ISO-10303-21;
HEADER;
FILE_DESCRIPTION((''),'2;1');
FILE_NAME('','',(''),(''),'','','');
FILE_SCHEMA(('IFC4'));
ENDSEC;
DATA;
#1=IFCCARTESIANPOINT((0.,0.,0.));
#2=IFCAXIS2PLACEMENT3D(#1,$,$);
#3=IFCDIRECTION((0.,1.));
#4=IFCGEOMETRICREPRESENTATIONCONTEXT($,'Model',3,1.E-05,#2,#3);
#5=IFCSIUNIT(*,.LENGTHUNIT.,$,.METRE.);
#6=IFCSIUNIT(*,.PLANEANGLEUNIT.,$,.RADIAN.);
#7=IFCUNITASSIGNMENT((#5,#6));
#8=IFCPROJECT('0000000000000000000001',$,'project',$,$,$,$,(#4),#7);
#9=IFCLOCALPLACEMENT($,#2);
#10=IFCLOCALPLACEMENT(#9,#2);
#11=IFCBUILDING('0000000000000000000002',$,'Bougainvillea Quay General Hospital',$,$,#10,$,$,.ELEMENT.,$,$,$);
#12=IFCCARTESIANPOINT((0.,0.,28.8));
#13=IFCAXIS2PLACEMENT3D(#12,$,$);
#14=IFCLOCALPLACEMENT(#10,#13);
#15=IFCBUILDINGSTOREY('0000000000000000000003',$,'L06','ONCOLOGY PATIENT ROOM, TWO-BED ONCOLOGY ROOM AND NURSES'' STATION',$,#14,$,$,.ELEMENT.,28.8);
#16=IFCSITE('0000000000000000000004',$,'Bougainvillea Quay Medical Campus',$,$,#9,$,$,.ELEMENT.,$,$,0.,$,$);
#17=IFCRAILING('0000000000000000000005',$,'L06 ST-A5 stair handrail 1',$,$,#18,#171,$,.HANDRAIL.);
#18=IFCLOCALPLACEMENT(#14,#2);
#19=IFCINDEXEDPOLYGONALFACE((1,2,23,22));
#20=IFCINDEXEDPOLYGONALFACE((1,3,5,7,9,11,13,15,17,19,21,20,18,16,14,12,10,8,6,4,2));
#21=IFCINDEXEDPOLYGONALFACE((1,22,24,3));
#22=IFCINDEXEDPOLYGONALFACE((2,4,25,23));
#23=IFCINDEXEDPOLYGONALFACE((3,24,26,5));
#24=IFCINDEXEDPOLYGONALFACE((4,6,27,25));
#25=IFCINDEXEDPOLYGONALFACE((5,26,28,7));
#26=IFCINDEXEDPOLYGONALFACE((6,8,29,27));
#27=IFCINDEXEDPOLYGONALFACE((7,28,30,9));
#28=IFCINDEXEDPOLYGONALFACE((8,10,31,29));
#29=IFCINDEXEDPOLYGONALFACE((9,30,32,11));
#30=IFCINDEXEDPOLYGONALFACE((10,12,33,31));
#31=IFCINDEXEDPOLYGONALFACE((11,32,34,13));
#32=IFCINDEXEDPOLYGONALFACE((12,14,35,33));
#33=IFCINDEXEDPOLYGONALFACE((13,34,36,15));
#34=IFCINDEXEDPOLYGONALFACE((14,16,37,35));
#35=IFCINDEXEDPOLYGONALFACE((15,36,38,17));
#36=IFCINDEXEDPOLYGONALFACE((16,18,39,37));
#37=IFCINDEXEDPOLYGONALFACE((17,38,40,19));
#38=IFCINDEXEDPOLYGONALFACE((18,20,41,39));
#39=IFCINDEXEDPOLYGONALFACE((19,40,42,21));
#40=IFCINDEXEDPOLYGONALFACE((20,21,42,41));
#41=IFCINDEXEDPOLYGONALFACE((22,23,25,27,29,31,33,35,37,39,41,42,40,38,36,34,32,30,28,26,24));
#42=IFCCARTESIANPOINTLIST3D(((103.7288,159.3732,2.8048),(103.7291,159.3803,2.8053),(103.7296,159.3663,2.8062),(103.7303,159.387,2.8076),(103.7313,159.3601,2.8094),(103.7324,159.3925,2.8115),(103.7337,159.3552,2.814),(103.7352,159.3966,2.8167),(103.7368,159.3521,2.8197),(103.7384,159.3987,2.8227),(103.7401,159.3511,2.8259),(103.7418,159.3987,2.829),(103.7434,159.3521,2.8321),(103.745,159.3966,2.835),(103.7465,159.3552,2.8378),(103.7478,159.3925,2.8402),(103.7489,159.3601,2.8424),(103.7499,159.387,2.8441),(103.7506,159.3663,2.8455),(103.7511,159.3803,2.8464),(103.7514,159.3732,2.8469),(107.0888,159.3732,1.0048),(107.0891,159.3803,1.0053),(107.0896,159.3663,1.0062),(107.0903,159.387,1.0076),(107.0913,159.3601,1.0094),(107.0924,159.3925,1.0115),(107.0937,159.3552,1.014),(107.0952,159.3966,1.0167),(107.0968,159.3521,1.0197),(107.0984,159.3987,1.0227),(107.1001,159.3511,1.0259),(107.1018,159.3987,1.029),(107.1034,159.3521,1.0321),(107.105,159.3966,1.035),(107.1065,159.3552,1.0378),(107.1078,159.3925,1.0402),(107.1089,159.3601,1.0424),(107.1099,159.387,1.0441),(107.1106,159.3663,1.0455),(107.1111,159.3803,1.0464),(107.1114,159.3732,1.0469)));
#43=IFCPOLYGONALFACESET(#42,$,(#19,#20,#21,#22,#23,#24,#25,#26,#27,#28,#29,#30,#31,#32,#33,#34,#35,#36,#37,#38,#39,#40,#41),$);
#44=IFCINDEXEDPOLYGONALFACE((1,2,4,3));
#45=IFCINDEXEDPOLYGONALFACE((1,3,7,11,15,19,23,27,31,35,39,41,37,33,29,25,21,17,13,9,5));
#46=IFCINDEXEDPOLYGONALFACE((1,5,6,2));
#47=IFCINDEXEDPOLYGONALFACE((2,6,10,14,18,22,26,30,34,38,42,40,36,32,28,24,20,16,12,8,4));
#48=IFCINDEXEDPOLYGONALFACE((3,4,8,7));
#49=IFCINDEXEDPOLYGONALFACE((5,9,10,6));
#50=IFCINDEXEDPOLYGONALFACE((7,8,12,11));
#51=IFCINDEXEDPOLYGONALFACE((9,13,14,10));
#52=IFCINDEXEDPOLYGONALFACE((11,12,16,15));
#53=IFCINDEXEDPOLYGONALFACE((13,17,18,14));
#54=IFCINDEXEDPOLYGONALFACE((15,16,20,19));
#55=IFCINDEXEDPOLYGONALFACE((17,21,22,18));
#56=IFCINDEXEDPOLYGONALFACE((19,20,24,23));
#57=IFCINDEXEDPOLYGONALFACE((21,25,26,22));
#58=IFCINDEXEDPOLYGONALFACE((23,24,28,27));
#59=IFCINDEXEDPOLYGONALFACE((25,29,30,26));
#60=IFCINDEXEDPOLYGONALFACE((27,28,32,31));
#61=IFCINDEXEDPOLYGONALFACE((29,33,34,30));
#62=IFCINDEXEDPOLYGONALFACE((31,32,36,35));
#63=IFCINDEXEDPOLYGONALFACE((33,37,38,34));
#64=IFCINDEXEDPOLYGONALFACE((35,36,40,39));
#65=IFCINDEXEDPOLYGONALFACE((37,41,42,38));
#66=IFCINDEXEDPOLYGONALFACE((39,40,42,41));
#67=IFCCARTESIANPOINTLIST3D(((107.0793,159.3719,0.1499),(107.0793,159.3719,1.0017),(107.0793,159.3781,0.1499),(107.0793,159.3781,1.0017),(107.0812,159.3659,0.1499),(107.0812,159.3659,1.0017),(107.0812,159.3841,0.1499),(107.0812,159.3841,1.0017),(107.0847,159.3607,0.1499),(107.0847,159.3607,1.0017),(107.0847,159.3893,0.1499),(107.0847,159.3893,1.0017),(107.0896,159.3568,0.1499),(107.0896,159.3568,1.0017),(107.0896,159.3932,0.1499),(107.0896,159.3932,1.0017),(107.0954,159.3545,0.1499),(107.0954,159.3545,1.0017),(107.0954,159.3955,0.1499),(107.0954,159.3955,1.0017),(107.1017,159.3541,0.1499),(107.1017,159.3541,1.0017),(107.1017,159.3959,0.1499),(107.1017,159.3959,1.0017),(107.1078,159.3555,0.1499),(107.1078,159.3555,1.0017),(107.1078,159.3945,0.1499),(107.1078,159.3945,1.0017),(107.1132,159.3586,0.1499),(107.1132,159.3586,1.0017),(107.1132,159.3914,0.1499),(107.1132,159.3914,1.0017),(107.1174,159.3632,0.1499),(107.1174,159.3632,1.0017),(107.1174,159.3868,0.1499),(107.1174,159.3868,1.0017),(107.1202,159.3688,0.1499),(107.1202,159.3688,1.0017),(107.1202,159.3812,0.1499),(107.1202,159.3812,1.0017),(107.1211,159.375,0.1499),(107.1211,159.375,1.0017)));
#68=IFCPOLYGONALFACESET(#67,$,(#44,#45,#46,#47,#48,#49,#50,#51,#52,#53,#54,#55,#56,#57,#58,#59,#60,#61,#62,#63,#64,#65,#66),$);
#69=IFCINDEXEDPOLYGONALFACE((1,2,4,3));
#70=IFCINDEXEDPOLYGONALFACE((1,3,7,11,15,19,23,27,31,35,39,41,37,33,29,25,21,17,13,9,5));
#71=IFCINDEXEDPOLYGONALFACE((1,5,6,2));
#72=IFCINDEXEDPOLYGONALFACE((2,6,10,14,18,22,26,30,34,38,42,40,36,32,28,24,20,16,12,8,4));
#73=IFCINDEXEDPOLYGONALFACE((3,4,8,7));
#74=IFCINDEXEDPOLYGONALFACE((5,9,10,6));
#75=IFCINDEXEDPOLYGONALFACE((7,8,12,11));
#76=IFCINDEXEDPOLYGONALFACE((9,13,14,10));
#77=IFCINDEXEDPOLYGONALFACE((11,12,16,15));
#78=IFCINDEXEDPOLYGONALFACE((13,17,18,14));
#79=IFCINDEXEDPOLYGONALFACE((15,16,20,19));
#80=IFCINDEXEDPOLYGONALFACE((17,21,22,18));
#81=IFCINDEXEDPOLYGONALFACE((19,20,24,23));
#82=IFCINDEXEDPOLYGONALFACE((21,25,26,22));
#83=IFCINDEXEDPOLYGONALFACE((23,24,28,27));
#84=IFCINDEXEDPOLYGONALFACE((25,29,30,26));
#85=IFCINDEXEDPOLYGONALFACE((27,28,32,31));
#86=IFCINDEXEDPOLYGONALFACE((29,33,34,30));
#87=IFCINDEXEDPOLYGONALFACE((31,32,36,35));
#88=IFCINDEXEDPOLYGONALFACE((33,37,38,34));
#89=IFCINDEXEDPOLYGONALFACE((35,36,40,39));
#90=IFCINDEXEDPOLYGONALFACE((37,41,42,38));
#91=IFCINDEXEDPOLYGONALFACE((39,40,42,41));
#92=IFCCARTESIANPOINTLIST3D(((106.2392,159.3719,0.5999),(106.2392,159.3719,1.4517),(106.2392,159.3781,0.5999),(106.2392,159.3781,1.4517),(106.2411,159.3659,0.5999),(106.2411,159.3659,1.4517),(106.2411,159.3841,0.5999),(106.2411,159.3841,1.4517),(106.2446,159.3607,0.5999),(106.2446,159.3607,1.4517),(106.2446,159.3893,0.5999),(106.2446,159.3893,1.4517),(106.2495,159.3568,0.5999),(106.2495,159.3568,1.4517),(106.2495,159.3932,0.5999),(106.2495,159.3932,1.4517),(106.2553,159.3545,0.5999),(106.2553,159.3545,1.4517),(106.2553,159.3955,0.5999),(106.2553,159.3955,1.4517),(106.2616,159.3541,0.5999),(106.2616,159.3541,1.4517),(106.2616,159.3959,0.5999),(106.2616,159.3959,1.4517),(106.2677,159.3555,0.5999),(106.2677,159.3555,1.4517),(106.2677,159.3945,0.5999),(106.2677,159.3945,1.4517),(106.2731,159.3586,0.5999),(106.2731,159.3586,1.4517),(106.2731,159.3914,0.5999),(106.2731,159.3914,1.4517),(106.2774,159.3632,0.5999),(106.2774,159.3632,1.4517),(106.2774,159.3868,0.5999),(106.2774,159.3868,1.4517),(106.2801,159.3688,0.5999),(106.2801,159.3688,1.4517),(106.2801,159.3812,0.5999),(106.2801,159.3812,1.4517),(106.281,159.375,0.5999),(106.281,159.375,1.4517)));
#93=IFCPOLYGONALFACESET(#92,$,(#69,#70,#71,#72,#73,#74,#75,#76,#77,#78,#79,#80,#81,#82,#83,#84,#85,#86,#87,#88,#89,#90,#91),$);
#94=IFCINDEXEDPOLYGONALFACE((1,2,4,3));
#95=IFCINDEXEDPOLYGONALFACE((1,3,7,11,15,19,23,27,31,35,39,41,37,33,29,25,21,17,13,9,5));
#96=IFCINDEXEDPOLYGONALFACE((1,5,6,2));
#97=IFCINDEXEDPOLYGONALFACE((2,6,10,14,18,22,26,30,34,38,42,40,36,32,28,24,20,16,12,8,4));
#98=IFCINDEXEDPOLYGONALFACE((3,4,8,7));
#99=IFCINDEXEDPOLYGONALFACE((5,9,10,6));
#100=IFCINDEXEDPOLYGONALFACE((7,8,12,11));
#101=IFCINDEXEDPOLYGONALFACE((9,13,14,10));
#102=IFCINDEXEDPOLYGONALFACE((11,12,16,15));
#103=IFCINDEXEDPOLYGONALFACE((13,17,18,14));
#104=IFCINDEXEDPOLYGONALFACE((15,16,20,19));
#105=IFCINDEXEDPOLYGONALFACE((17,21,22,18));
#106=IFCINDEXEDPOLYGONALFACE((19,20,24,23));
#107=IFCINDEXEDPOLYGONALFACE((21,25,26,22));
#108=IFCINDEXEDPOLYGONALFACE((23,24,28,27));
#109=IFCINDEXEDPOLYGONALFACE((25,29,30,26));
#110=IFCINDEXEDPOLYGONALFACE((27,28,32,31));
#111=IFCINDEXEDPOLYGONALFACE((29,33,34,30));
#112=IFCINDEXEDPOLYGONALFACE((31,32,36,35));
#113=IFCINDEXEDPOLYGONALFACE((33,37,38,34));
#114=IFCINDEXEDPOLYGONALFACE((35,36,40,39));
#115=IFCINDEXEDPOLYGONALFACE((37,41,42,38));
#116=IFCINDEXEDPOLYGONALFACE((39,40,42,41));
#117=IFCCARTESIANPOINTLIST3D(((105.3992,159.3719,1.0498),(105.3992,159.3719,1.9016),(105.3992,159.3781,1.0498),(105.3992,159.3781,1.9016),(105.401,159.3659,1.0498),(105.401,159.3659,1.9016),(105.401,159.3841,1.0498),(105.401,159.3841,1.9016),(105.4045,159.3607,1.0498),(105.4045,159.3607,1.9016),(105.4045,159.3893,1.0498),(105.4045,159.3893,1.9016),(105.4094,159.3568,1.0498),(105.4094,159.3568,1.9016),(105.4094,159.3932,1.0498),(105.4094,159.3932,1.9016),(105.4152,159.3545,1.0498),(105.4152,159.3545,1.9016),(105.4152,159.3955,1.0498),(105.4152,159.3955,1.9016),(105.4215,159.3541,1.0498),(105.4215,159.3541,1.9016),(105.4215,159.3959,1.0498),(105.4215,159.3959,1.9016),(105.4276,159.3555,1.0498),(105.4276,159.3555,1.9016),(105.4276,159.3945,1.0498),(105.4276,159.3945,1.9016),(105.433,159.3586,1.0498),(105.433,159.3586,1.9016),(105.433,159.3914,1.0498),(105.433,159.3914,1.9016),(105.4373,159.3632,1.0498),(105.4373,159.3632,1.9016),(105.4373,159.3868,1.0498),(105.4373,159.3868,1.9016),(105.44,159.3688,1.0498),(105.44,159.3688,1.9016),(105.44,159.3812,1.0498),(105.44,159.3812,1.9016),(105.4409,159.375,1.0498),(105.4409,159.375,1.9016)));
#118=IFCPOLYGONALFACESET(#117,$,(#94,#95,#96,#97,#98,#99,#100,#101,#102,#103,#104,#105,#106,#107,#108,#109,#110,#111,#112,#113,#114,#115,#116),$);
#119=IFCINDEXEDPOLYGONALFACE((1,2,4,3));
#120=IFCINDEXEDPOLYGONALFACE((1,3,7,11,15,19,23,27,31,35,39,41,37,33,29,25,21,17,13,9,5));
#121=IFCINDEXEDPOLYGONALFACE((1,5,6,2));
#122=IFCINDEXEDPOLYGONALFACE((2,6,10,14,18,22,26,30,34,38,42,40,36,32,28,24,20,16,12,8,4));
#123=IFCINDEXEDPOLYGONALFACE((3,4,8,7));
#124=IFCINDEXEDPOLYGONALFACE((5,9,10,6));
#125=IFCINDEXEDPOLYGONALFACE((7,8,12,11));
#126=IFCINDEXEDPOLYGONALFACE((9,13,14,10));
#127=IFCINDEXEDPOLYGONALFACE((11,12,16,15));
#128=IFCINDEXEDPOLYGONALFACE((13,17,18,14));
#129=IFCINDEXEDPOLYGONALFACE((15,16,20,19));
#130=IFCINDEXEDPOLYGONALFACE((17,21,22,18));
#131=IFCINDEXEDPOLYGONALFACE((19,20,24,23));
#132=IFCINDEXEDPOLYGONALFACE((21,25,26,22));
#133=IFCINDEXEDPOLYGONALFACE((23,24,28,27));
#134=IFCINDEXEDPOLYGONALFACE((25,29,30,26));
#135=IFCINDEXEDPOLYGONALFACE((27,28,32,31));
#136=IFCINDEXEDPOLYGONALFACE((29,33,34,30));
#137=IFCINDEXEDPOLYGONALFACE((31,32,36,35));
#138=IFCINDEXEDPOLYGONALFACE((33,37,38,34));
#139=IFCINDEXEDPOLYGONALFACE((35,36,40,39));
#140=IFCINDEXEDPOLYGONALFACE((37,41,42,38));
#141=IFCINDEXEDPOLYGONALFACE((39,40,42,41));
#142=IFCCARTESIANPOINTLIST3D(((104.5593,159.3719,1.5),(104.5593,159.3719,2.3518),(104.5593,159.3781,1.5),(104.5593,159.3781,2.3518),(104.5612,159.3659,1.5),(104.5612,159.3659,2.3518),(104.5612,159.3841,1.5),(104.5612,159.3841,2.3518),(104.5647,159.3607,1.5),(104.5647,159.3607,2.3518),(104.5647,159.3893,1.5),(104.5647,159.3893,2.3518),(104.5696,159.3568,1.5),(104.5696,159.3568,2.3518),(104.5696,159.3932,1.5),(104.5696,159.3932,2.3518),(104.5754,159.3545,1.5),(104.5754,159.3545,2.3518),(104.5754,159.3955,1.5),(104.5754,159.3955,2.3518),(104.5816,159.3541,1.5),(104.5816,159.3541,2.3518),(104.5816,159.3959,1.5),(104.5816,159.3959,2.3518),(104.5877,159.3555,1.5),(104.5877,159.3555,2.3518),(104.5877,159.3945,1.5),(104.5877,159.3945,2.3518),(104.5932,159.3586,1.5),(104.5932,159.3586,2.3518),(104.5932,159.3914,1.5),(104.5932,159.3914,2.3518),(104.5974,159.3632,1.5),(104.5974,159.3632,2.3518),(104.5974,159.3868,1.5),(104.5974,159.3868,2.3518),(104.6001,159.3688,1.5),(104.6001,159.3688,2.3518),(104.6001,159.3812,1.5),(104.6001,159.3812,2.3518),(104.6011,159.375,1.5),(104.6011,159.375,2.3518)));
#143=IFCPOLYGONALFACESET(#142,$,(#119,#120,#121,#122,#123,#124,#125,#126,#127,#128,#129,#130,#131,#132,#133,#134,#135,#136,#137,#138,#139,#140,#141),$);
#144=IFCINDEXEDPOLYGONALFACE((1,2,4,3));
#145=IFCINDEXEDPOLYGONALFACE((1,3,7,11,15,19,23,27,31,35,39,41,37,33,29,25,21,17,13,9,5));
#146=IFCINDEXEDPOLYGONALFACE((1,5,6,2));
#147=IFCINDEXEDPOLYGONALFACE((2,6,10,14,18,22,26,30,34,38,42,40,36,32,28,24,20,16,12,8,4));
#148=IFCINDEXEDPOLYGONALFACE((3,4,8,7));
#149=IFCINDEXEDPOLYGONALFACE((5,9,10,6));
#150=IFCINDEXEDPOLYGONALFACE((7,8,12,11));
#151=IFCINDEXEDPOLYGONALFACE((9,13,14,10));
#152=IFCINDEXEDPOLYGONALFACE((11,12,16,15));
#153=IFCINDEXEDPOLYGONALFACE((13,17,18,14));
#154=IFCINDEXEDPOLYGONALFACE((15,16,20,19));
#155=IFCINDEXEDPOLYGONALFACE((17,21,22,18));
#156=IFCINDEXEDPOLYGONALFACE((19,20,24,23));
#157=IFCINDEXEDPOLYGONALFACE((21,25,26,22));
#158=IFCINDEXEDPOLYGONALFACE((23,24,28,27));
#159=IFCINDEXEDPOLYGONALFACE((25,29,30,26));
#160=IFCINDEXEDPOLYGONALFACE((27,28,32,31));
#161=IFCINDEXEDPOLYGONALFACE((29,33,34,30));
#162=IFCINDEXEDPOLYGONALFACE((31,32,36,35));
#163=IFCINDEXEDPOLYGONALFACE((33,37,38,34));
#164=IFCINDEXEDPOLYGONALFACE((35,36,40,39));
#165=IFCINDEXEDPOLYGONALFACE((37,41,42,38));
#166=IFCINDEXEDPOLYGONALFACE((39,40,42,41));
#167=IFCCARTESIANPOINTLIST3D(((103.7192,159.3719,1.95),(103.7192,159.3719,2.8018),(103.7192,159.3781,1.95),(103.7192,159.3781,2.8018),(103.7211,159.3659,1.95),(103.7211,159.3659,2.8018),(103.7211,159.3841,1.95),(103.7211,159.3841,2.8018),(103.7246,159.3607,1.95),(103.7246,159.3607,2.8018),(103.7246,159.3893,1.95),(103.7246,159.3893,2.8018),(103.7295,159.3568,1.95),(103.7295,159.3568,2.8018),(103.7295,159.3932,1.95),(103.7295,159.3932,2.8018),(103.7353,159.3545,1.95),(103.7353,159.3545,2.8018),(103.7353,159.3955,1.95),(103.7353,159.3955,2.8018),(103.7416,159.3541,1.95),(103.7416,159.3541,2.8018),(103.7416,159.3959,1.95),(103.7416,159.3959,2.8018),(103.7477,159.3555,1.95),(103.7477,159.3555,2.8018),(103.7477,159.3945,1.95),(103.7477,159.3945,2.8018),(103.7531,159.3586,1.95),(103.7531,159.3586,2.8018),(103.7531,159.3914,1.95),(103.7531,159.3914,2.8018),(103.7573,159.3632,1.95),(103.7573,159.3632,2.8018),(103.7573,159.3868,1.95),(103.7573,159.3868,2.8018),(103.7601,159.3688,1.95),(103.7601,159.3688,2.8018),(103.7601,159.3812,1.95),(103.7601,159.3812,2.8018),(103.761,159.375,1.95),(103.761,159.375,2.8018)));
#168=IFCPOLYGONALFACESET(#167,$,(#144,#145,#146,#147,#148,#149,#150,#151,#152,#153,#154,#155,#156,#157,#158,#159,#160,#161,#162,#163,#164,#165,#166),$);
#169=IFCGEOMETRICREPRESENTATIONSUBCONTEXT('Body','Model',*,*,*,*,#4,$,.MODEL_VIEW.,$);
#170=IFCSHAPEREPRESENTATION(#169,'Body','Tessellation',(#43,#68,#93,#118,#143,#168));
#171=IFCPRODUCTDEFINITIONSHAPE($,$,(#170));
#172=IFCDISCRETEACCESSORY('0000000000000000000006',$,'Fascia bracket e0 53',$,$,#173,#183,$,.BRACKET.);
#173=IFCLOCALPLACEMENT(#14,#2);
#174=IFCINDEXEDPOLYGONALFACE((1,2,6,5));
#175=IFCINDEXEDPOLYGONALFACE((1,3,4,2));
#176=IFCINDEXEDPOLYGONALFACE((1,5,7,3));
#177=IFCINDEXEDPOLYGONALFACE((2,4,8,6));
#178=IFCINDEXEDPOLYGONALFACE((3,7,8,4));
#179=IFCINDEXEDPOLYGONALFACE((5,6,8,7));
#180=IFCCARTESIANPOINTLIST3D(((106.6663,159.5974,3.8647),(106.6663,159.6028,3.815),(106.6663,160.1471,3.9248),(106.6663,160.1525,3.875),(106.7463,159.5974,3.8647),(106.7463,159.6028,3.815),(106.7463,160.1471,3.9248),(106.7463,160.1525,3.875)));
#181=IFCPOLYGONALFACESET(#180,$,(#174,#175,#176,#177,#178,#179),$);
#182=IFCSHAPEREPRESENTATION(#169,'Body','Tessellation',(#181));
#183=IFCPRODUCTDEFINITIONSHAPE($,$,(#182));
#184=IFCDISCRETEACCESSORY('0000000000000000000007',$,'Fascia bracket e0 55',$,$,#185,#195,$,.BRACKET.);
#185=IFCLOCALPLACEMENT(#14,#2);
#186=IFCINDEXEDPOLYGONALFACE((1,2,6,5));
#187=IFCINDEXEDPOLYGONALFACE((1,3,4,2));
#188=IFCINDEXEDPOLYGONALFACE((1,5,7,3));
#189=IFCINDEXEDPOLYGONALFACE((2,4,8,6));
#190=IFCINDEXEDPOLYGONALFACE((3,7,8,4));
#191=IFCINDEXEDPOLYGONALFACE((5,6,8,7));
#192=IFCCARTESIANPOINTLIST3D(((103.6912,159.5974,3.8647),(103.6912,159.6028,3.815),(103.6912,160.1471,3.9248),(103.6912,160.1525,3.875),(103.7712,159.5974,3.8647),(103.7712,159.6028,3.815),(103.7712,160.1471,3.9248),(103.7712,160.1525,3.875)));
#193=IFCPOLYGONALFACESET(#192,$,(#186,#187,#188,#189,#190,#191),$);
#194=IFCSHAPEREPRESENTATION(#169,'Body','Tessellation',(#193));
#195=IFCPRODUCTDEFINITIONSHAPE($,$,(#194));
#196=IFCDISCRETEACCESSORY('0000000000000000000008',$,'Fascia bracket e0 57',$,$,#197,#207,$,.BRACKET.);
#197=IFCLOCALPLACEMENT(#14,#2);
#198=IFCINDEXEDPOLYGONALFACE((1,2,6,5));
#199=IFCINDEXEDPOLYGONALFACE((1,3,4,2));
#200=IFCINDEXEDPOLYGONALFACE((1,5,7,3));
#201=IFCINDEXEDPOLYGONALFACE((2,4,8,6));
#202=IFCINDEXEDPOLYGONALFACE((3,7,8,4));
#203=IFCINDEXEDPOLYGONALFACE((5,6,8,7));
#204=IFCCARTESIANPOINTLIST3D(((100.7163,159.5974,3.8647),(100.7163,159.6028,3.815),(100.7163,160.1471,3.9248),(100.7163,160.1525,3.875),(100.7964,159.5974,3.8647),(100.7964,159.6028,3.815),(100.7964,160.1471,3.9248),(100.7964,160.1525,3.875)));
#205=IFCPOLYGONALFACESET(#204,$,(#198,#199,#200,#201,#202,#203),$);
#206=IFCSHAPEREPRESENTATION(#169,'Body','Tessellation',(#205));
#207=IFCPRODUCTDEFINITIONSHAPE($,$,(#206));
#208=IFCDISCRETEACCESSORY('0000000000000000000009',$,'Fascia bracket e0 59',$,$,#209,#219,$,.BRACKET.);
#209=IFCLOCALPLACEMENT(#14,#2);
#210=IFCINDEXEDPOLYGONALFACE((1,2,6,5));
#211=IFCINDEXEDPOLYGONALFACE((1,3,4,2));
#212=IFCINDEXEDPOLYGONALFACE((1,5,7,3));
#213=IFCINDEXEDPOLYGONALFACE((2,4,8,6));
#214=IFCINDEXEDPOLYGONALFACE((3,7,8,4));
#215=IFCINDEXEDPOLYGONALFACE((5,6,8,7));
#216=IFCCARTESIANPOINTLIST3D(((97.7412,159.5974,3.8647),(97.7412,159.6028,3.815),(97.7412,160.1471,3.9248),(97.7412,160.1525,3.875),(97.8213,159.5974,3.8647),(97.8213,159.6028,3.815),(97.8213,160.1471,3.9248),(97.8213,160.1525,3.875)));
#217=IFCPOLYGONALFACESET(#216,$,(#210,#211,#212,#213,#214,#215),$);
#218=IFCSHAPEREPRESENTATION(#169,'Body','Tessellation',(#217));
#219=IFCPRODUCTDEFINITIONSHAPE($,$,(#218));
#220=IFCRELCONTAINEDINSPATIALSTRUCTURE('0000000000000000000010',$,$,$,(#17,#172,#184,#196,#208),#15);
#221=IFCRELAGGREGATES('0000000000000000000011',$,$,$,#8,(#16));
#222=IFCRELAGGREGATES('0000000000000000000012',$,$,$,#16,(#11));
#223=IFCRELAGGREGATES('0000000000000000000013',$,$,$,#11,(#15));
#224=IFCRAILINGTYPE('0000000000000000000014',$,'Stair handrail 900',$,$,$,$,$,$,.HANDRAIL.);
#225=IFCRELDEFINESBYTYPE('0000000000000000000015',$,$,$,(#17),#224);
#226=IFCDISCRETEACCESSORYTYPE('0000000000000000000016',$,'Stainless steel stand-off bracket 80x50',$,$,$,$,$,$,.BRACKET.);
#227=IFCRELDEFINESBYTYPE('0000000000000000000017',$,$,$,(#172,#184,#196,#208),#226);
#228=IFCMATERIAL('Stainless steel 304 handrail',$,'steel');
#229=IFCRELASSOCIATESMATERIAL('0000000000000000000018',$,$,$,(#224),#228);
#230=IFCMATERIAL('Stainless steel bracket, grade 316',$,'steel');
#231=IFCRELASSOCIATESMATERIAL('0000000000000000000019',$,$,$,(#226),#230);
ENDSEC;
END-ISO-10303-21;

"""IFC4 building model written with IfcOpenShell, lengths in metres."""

from ifc_helpers import new_model, si_unit, direction, frame, origin, origin_2d, place, context, subcontext, project, spatial, rectangle, circle, extrude, material, material_profile, profile_set, type_object, element, save


model = new_model("IFC4")

# Units and contexts
model_context = context("Model", 3, precision=1e-05, world=origin(), true_north=direction((0.0, 1.0)))
body_context = subcontext(model_context, "Body", "Model", "MODEL_VIEW")
ifc_project = project(units=[si_unit("LENGTHUNIT", "METRE"), si_unit("PLANEANGLEUNIT", "RADIAN")], contexts=[model_context])

# Site, building, storey
site_placement = place(None, origin())
site = spatial("IfcSite", under=ifc_project, at=site_placement, Name="Bougainvillea Quay Medical Campus", CompositionType="ELEMENT", RefElevation=0.0)
building_placement = place(site_placement, origin())
building = spatial("IfcBuilding", under=site, at=building_placement, Name="Bougainvillea Quay General Hospital", CompositionType="ELEMENT")
storey_placement = place(building_placement, frame((0.0, 0.0, 28.8)))
storey = spatial("IfcBuildingStorey", under=building, at=storey_placement, Name="L06", Description="ONCOLOGY PATIENT ROOM, TWO-BED ONCOLOGY ROOM AND NURSES' STATION", CompositionType="ELEMENT", Elevation=28.8)

# Railing
ifc_material_1 = material(Name="Stainless steel 304 handrail", Category="steel")
railing_type = type_object("IfcRailingType", Name="Stair handrail 900", PredefinedType="HANDRAIL", material=ifc_material_1)
railing_placement = place(storey_placement, frame((107.1001, 159.375, 0.1499)))
element("IfcRailing", 1, at=railing_placement, inside=storey, type_object=railing_type, Name="L06 ST-A5 stair handrail 1", PredefinedType="HANDRAIL", context=body_context, shape_type="SweptSolid", body=[
    extrude(circle(Radius=0.0239, at=origin_2d()), frame((0.0, 0.0, 0.876), z_axis=(-0.881481, 0.0, 0.47222), x_axis=(0.0, -1.0, 0.0)), (0.0, 0.0, 1.0), 3.8118),
    extrude(circle(Radius=0.021, at=origin_2d()), origin(), (0.0, 0.0, 1.0), 0.8518),
    extrude(circle(Radius=0.021, at=origin_2d()), frame((-0.8401, 0.0, 0.45)), (0.0, 0.0, 1.0), 0.8518),
    extrude(circle(Radius=0.021, at=origin_2d()), frame((-1.6802, 0.0, 0.8999)), (0.0, 0.0, 1.0), 0.8518),
    extrude(circle(Radius=0.021, at=origin_2d()), frame((-2.52, 0.0, 1.3501)), (0.0, 0.0, 1.0), 0.8518),
    extrude(circle(Radius=0.021, at=origin_2d()), frame((-3.3601, 0.0, 1.8)), (0.0, 0.0, 1.0), 0.8518),
])

# Discrete accessories
ifc_material_2 = material(Name="Stainless steel bracket, grade 316", Category="steel")
ifc_material_profile_1 = material_profile(ifc_material_2, rectangle(XDim=0.0801, YDim=0.05, at=origin_2d()))
ifc_profile_set_1 = profile_set([ifc_material_profile_1], Name="Stainless steel bracket, grade 316")
discrete_accessory_type = type_object("IfcDiscreteAccessoryType", Name="Stainless steel stand-off bracket 80x50", PredefinedType="BRACKET", material=ifc_profile_set_1)
for number, where, z_axis, x_axis, name in (
    (2, (106.7063, 159.6001, 3.8398), (0.0, 0.994087, 0.10859), (-1.0, 0.0, 0.0), "Fascia bracket e0 53"),
    (3, (103.7312, 159.6001, 3.8398), (0.0, 0.994087, 0.10859), (-1.0, 0.0, 0.0), "Fascia bracket e0 55"),
    (4, (100.7563, 159.6001, 3.8398), (0.0, 0.994087, 0.10859), (-1.0, 0.0, 0.0), "Fascia bracket e0 57"),
    (5, (97.7812, 159.6001, 3.8398), (0.0, 0.994087, 0.10859), (-1.0, 0.0, 0.0), "Fascia bracket e0 59"),
):
    element("IfcDiscreteAccessory", number, at=place(storey_placement, frame(where, z_axis=z_axis, x_axis=x_axis)), inside=storey, type_object=discrete_accessory_type, Name=name, PredefinedType="BRACKET", context=body_context, shape_type="SweptSolid", body=[
        extrude(rectangle(XDim=0.0801, YDim=0.05, at=origin_2d()), origin(), (0.0, 0.0, 1.0), 0.553),
    ])

save(model, "model.ifc")
